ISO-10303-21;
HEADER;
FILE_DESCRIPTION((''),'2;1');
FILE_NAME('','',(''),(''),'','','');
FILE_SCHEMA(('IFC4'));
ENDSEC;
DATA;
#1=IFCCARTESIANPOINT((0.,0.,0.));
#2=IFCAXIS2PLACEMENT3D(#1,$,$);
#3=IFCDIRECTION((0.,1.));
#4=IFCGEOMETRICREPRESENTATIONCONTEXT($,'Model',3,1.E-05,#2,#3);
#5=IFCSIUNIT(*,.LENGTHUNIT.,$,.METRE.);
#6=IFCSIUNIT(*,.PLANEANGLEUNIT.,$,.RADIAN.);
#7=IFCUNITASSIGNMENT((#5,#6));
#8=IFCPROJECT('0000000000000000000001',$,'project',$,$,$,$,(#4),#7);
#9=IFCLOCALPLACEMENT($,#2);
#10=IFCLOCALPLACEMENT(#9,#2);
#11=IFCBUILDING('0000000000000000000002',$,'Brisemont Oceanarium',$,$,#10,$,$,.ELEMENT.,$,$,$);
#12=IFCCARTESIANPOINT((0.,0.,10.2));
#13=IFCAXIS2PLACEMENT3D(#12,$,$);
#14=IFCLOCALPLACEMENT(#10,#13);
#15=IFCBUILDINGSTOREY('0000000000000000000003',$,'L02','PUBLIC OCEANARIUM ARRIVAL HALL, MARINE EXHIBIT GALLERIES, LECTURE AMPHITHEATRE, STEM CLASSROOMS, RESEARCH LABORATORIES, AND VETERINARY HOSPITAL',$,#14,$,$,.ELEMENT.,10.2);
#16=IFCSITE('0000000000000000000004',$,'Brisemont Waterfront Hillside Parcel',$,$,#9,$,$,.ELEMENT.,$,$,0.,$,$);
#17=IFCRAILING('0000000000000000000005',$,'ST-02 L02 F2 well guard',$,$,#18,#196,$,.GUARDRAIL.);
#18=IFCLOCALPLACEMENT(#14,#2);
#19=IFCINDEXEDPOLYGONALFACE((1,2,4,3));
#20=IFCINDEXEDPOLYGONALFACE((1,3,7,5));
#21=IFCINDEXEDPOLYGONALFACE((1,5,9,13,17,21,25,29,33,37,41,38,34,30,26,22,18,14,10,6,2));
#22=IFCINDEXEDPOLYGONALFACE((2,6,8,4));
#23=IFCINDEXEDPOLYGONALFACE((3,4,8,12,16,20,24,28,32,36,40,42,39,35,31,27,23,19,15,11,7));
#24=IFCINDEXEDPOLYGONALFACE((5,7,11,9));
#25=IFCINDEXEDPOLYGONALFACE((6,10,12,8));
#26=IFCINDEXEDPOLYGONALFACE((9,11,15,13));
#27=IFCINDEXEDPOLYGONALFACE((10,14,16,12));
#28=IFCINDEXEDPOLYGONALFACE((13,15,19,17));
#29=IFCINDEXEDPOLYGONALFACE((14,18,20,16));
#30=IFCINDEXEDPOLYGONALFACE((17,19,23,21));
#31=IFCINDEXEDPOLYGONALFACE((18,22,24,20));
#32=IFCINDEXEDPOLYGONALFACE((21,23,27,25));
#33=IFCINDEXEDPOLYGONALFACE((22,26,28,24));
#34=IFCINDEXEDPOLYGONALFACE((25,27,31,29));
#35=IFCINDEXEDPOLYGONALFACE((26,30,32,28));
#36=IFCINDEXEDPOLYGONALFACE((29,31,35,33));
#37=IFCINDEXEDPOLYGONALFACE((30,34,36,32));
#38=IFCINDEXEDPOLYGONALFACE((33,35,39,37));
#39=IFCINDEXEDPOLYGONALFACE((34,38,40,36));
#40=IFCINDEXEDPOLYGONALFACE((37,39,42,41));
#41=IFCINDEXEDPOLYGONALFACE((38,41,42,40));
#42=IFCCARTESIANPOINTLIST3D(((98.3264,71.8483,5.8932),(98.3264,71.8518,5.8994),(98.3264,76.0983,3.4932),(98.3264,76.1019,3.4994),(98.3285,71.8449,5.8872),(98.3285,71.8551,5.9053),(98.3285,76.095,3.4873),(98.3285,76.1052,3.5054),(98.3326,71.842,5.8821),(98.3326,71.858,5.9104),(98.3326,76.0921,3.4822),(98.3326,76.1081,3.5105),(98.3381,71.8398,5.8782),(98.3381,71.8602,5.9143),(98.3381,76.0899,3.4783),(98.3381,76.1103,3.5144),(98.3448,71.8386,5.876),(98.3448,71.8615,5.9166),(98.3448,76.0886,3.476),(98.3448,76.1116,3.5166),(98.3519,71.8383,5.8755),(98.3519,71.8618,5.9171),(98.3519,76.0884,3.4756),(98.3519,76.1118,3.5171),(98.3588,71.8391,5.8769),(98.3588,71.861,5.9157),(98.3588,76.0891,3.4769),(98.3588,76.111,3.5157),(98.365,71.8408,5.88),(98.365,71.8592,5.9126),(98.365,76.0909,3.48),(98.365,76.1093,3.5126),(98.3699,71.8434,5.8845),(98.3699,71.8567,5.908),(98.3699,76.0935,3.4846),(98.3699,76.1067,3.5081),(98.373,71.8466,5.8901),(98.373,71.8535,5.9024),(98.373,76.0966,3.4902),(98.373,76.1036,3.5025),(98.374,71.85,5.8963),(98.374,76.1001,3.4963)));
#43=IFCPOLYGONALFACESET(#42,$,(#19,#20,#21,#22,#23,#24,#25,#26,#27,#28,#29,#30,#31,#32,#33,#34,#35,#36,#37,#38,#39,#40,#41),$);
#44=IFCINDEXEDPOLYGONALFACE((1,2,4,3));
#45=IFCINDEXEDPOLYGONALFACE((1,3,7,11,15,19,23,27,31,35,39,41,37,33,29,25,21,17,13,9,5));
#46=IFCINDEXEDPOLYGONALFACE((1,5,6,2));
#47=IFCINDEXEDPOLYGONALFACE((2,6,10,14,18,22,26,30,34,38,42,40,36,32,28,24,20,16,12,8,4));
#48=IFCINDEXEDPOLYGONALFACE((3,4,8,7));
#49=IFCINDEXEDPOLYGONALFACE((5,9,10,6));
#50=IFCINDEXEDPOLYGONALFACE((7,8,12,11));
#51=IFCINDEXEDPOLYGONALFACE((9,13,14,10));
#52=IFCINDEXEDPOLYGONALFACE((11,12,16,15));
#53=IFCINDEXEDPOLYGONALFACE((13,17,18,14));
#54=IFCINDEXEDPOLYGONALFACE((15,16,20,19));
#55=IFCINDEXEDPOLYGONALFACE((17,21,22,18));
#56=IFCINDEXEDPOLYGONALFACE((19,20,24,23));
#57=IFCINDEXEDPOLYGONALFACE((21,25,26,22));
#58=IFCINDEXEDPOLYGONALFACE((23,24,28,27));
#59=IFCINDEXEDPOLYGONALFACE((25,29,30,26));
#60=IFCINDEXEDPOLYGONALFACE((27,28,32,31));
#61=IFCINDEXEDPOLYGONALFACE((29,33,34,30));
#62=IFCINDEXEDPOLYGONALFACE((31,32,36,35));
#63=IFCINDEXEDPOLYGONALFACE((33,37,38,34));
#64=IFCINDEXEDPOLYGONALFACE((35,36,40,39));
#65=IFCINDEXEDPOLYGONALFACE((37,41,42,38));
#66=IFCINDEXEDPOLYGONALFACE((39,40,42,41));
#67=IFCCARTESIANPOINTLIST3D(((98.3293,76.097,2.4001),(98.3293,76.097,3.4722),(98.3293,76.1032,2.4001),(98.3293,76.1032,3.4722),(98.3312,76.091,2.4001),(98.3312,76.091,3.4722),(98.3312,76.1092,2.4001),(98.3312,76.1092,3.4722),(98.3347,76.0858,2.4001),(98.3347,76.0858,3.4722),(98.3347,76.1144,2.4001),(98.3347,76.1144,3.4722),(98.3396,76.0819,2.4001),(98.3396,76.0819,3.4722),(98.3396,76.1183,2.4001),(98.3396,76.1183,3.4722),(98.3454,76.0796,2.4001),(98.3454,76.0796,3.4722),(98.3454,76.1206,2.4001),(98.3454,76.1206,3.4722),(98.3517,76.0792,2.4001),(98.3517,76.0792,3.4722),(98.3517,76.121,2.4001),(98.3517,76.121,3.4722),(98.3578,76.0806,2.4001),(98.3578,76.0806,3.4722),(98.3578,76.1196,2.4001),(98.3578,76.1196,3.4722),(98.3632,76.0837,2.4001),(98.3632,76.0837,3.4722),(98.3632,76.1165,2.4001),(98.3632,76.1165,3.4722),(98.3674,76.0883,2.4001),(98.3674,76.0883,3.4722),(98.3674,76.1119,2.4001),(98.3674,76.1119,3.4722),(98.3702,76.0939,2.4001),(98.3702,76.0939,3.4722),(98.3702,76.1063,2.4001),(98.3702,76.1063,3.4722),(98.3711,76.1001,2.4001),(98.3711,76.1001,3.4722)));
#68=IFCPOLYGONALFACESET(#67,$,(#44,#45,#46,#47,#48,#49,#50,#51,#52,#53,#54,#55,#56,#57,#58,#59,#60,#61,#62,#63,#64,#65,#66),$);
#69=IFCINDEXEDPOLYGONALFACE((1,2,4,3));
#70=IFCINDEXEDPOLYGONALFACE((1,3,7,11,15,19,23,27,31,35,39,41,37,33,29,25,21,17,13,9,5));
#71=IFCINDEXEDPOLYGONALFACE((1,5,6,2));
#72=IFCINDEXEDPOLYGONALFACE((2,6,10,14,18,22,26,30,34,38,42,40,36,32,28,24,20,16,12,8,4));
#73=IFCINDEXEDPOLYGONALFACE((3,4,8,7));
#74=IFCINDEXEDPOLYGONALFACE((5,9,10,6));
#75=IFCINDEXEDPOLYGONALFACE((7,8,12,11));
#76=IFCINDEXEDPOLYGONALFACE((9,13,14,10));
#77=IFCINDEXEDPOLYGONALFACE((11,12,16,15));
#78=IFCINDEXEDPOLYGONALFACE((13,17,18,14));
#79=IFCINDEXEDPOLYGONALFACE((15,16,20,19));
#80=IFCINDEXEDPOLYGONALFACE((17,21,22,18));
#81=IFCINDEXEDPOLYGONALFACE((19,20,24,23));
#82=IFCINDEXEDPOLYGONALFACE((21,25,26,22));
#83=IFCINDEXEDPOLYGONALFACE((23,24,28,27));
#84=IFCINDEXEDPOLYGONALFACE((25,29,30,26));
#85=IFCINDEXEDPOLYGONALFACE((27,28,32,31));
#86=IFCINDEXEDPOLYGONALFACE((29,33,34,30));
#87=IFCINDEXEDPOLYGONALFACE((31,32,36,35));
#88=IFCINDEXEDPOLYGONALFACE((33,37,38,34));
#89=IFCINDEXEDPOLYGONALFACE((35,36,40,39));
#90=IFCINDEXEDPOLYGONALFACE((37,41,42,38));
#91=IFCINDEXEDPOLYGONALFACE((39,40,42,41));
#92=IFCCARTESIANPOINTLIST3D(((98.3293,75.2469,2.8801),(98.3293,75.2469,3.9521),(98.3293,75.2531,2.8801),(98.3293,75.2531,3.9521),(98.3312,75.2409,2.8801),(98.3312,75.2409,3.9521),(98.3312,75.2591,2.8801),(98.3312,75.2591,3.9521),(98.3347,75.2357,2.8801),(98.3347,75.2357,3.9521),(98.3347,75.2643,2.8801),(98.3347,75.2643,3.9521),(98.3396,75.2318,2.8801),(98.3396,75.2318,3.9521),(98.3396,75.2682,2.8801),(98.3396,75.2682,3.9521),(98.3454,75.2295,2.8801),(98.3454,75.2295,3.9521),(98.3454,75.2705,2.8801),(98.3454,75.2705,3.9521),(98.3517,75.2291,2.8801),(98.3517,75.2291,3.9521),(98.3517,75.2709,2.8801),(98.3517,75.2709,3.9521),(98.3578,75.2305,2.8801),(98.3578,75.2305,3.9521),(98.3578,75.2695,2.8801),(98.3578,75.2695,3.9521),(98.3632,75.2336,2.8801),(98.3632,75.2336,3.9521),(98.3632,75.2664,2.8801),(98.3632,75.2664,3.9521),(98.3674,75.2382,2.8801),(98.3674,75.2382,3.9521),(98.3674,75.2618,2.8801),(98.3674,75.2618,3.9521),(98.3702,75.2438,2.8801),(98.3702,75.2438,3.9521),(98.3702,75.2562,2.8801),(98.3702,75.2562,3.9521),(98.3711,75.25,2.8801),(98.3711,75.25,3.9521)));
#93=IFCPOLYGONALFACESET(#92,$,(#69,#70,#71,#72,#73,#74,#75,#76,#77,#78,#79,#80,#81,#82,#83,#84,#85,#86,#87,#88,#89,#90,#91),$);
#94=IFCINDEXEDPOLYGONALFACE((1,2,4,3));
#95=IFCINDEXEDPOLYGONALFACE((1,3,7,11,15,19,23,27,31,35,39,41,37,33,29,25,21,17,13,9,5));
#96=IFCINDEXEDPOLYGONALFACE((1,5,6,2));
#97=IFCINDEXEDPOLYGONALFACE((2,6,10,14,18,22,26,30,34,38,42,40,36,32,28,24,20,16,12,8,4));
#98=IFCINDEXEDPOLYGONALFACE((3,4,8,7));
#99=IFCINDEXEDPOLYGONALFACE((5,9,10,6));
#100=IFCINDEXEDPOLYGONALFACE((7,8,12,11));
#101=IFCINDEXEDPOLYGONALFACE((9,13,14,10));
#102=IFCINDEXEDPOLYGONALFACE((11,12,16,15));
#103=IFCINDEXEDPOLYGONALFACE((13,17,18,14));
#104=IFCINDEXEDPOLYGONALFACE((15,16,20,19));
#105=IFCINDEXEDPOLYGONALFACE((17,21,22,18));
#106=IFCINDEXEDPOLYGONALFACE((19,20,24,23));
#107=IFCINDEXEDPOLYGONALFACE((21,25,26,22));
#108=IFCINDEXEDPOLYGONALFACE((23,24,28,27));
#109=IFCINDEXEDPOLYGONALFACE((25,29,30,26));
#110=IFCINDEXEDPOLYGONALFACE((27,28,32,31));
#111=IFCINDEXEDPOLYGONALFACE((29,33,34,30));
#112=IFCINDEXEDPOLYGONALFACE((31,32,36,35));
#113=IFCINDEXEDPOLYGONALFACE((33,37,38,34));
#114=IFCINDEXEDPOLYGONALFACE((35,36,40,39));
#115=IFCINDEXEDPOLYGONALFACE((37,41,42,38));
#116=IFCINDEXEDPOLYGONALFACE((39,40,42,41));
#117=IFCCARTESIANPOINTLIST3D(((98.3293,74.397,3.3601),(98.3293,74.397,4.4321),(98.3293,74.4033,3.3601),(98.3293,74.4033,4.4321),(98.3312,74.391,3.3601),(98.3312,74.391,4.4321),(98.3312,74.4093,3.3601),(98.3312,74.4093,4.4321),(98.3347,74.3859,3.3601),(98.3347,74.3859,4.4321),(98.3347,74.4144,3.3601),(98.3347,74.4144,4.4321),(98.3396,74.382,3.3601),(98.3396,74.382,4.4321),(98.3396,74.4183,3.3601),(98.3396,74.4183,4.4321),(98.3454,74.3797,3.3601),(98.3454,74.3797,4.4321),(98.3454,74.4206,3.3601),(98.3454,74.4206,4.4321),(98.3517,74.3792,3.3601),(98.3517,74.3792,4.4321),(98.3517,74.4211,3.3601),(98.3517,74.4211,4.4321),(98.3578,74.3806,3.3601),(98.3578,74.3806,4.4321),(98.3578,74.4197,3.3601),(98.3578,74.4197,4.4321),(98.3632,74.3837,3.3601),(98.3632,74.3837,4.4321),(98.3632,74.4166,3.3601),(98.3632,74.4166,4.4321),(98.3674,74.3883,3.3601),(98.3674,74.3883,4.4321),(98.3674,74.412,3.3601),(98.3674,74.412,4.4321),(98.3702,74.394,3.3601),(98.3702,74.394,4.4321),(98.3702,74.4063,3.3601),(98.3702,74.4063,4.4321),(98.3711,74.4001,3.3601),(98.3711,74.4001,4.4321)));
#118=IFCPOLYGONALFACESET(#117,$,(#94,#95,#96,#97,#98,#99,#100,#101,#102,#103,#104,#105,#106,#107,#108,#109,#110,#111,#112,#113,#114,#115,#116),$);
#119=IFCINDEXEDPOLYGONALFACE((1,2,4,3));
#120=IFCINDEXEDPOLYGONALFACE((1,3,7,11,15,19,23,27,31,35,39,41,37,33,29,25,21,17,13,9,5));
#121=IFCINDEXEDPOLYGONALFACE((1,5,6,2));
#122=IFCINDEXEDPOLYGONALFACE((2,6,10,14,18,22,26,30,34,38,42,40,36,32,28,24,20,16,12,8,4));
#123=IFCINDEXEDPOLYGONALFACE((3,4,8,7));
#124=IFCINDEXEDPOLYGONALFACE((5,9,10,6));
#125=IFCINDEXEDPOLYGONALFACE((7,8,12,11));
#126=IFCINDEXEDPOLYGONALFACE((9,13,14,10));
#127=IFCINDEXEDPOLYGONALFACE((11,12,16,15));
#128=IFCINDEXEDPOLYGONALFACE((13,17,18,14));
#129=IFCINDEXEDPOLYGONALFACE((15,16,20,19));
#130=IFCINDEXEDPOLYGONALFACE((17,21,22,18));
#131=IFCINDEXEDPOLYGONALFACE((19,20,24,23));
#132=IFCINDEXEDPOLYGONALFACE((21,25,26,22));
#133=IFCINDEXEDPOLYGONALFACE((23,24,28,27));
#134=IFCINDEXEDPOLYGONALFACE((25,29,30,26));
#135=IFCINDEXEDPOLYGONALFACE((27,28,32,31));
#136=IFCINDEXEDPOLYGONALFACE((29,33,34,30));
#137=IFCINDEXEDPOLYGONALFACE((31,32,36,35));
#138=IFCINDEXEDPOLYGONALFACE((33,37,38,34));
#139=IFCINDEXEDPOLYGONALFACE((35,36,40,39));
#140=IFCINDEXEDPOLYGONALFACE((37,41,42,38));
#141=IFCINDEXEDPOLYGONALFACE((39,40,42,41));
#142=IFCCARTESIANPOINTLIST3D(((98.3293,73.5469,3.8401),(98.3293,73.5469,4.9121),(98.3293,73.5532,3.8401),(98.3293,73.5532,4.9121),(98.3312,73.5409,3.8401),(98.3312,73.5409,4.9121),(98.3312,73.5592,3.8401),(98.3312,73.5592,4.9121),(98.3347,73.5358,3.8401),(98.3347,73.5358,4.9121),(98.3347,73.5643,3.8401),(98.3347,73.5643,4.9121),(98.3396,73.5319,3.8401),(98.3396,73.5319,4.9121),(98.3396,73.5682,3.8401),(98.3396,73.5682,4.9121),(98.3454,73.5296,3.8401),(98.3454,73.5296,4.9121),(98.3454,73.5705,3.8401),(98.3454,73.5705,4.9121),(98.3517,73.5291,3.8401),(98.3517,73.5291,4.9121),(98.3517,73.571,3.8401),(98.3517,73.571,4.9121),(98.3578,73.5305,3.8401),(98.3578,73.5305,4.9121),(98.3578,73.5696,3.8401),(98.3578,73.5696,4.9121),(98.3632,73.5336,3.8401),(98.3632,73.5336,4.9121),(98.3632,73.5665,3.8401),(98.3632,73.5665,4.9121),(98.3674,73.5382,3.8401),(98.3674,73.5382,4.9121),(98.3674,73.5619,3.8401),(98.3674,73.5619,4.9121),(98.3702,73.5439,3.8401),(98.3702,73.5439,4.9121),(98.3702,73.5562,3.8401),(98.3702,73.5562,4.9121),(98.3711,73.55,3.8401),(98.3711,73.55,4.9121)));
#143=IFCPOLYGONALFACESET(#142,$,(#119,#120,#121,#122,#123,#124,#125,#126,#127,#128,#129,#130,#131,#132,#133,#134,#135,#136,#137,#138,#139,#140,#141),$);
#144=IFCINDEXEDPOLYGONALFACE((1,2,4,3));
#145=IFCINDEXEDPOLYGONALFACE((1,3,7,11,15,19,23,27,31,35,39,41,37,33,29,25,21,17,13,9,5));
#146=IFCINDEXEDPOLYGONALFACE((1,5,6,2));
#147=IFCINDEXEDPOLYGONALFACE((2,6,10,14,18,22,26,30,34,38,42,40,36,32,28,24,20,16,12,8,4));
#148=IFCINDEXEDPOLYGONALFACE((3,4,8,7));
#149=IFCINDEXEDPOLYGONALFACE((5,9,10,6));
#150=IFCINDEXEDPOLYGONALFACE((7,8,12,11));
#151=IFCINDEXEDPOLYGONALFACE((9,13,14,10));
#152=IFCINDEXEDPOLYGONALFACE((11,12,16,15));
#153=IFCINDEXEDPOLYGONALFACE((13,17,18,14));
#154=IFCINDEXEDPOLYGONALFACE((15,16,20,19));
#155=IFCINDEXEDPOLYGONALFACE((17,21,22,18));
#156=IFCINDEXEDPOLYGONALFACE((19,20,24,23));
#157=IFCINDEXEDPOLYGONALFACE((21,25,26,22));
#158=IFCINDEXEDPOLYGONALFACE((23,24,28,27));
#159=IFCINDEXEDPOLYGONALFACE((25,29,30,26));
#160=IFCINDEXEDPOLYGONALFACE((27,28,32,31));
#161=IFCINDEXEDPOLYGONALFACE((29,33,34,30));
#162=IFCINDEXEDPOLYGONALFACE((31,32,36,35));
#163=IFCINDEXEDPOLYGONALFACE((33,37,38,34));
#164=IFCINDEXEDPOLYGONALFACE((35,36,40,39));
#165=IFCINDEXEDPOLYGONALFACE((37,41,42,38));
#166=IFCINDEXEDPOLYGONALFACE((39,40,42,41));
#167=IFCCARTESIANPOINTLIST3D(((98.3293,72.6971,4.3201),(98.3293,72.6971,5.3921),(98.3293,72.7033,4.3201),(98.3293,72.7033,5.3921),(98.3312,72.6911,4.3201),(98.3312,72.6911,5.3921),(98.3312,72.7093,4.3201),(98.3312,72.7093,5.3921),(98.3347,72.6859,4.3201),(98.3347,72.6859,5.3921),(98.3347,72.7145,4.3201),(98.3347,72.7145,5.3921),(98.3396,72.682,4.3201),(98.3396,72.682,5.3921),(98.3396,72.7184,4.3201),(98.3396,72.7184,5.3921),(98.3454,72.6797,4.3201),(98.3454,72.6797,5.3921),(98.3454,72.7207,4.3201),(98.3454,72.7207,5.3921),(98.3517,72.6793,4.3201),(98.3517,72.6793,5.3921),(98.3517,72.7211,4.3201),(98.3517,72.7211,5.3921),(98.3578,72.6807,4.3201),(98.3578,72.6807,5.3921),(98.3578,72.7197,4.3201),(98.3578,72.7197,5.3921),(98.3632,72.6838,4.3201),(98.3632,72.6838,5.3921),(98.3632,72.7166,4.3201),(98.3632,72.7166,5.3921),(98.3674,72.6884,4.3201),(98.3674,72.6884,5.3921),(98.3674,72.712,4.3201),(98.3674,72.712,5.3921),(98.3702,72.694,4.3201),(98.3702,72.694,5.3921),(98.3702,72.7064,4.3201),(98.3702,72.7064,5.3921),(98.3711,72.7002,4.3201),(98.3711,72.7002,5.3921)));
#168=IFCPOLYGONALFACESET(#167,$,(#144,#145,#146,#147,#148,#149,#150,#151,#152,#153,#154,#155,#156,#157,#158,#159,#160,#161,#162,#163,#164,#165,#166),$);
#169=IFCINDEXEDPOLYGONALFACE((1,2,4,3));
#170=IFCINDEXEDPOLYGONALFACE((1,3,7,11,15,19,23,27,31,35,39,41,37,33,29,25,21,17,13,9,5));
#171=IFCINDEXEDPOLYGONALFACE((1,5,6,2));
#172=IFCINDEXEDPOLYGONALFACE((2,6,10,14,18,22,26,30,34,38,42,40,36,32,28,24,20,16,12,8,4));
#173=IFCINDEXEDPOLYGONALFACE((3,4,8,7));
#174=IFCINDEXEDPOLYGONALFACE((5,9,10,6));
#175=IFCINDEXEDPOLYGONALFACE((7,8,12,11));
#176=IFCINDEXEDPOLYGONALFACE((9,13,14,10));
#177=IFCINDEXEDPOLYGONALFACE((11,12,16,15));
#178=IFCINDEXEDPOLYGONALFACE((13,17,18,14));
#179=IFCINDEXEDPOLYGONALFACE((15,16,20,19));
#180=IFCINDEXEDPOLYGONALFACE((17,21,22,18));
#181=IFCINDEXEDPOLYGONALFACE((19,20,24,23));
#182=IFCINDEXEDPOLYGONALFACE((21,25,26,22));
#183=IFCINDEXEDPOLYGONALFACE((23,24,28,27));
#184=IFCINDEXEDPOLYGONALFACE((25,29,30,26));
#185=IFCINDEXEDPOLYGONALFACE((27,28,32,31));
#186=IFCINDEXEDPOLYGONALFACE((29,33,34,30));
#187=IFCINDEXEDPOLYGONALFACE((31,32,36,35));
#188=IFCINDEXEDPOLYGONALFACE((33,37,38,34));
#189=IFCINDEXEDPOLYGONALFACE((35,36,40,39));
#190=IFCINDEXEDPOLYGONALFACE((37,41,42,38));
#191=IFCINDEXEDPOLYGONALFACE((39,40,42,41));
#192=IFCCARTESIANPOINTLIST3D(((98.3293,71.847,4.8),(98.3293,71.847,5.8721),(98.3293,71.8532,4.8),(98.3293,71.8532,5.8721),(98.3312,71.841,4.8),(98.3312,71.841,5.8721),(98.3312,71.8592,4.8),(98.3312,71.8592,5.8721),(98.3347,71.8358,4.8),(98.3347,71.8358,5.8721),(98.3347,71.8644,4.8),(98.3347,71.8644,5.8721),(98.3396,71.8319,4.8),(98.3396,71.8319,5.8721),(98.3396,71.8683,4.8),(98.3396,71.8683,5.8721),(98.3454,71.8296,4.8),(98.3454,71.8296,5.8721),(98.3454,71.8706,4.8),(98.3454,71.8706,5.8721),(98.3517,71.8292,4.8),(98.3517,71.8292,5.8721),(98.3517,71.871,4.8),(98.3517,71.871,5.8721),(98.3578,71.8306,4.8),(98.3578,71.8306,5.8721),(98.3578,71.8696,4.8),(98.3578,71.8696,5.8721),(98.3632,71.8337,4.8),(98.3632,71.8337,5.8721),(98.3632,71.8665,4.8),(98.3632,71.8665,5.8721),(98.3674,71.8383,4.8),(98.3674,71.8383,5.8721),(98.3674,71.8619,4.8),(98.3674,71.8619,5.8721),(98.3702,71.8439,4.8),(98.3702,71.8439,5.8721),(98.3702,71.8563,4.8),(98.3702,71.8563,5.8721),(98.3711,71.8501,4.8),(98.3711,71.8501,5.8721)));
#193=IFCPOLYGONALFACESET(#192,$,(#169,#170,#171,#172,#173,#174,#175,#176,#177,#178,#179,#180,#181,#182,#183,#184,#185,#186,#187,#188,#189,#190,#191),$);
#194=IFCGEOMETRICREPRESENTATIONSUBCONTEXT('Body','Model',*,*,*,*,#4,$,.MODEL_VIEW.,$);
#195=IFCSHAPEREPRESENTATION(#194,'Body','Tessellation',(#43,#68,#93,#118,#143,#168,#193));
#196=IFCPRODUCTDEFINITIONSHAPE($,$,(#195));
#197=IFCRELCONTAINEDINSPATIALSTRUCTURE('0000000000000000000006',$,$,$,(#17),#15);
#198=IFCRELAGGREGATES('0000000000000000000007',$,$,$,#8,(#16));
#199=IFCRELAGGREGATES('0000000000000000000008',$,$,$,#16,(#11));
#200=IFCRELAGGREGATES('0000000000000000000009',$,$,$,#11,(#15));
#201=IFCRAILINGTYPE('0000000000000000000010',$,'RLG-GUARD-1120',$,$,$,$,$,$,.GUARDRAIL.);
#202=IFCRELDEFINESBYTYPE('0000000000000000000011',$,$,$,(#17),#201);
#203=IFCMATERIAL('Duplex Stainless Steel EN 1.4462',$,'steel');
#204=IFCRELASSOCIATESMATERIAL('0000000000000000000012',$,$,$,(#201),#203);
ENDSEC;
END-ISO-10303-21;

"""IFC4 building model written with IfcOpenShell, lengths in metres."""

from ifc_helpers import new_model, si_unit, direction, frame, origin, origin_2d, place, context, subcontext, project, spatial, circle, extrude, material, type_object, element, save


model = new_model("IFC4")

# Units and contexts
model_context = context("Model", 3, precision=1e-05, world=origin(), true_north=direction((0.0, 1.0)))
body_context = subcontext(model_context, "Body", "Model", "MODEL_VIEW")
ifc_project = project(units=[si_unit("LENGTHUNIT", "METRE"), si_unit("PLANEANGLEUNIT", "RADIAN")], contexts=[model_context])

# Site, building, storey
site_placement = place(None, origin())
site = spatial("IfcSite", under=ifc_project, at=site_placement, Name="Brisemont Waterfront Hillside Parcel", CompositionType="ELEMENT", RefElevation=0.0)
building_placement = place(site_placement, origin())
building = spatial("IfcBuilding", under=site, at=building_placement, Name="Brisemont Oceanarium", CompositionType="ELEMENT")
storey_placement = place(building_placement, frame((0.0, 0.0, 10.2)))
storey = spatial("IfcBuildingStorey", under=building, at=storey_placement, Name="L02", Description="PUBLIC OCEANARIUM ARRIVAL HALL, MARINE EXHIBIT GALLERIES, LECTURE AMPHITHEATRE, STEM CLASSROOMS, RESEARCH LABORATORIES, AND VETERINARY HOSPITAL", CompositionType="ELEMENT", Elevation=10.2)

# Railing
ifc_material_1 = material(Name="Duplex Stainless Steel EN 1.4462", Category="steel")
railing_type_1 = type_object("IfcRailingType", Name="RLG-GUARD-1120", PredefinedType="GUARDRAIL", material=ifc_material_1)
railing_1_placement = place(storey_placement, frame((98.3501, 76.1001, 2.4001)))
element("IfcRailing", 1, at=railing_1_placement, inside=storey, type_object=railing_type_1, Name="ST-02 L02 F2 well guard", PredefinedType="GUARDRAIL", context=body_context, shape_type="SweptSolid", body=[
    extrude(circle(Radius=0.0239, at=origin_2d()), frame((0.0, 0.0, 1.0962), z_axis=(0.0, -0.870762, 0.491704), x_axis=(1.0, 0.0, 0.0)), (0.0, 0.0, 1.0), 4.8809),
    extrude(circle(Radius=0.021, at=origin_2d()), origin(), (0.0, 0.0, 1.0), 1.072),
    extrude(circle(Radius=0.021, at=origin_2d()), frame((0.0, -0.8501, 0.48)), (0.0, 0.0, 1.0), 1.072),
    extrude(circle(Radius=0.021, at=origin_2d()), frame((0.0, -1.7, 0.96)), (0.0, 0.0, 1.0), 1.072),
    extrude(circle(Radius=0.021, at=origin_2d()), frame((0.0, -2.55, 1.4399)), (0.0, 0.0, 1.0), 1.072),
    extrude(circle(Radius=0.021, at=origin_2d()), frame((0.0, -3.3999, 1.9199)), (0.0, 0.0, 1.0), 1.072),
    extrude(circle(Radius=0.021, at=origin_2d()), frame((0.0, -4.25, 2.3999)), (0.0, 0.0, 1.0), 1.072),
])

save(model, "model.ifc")
